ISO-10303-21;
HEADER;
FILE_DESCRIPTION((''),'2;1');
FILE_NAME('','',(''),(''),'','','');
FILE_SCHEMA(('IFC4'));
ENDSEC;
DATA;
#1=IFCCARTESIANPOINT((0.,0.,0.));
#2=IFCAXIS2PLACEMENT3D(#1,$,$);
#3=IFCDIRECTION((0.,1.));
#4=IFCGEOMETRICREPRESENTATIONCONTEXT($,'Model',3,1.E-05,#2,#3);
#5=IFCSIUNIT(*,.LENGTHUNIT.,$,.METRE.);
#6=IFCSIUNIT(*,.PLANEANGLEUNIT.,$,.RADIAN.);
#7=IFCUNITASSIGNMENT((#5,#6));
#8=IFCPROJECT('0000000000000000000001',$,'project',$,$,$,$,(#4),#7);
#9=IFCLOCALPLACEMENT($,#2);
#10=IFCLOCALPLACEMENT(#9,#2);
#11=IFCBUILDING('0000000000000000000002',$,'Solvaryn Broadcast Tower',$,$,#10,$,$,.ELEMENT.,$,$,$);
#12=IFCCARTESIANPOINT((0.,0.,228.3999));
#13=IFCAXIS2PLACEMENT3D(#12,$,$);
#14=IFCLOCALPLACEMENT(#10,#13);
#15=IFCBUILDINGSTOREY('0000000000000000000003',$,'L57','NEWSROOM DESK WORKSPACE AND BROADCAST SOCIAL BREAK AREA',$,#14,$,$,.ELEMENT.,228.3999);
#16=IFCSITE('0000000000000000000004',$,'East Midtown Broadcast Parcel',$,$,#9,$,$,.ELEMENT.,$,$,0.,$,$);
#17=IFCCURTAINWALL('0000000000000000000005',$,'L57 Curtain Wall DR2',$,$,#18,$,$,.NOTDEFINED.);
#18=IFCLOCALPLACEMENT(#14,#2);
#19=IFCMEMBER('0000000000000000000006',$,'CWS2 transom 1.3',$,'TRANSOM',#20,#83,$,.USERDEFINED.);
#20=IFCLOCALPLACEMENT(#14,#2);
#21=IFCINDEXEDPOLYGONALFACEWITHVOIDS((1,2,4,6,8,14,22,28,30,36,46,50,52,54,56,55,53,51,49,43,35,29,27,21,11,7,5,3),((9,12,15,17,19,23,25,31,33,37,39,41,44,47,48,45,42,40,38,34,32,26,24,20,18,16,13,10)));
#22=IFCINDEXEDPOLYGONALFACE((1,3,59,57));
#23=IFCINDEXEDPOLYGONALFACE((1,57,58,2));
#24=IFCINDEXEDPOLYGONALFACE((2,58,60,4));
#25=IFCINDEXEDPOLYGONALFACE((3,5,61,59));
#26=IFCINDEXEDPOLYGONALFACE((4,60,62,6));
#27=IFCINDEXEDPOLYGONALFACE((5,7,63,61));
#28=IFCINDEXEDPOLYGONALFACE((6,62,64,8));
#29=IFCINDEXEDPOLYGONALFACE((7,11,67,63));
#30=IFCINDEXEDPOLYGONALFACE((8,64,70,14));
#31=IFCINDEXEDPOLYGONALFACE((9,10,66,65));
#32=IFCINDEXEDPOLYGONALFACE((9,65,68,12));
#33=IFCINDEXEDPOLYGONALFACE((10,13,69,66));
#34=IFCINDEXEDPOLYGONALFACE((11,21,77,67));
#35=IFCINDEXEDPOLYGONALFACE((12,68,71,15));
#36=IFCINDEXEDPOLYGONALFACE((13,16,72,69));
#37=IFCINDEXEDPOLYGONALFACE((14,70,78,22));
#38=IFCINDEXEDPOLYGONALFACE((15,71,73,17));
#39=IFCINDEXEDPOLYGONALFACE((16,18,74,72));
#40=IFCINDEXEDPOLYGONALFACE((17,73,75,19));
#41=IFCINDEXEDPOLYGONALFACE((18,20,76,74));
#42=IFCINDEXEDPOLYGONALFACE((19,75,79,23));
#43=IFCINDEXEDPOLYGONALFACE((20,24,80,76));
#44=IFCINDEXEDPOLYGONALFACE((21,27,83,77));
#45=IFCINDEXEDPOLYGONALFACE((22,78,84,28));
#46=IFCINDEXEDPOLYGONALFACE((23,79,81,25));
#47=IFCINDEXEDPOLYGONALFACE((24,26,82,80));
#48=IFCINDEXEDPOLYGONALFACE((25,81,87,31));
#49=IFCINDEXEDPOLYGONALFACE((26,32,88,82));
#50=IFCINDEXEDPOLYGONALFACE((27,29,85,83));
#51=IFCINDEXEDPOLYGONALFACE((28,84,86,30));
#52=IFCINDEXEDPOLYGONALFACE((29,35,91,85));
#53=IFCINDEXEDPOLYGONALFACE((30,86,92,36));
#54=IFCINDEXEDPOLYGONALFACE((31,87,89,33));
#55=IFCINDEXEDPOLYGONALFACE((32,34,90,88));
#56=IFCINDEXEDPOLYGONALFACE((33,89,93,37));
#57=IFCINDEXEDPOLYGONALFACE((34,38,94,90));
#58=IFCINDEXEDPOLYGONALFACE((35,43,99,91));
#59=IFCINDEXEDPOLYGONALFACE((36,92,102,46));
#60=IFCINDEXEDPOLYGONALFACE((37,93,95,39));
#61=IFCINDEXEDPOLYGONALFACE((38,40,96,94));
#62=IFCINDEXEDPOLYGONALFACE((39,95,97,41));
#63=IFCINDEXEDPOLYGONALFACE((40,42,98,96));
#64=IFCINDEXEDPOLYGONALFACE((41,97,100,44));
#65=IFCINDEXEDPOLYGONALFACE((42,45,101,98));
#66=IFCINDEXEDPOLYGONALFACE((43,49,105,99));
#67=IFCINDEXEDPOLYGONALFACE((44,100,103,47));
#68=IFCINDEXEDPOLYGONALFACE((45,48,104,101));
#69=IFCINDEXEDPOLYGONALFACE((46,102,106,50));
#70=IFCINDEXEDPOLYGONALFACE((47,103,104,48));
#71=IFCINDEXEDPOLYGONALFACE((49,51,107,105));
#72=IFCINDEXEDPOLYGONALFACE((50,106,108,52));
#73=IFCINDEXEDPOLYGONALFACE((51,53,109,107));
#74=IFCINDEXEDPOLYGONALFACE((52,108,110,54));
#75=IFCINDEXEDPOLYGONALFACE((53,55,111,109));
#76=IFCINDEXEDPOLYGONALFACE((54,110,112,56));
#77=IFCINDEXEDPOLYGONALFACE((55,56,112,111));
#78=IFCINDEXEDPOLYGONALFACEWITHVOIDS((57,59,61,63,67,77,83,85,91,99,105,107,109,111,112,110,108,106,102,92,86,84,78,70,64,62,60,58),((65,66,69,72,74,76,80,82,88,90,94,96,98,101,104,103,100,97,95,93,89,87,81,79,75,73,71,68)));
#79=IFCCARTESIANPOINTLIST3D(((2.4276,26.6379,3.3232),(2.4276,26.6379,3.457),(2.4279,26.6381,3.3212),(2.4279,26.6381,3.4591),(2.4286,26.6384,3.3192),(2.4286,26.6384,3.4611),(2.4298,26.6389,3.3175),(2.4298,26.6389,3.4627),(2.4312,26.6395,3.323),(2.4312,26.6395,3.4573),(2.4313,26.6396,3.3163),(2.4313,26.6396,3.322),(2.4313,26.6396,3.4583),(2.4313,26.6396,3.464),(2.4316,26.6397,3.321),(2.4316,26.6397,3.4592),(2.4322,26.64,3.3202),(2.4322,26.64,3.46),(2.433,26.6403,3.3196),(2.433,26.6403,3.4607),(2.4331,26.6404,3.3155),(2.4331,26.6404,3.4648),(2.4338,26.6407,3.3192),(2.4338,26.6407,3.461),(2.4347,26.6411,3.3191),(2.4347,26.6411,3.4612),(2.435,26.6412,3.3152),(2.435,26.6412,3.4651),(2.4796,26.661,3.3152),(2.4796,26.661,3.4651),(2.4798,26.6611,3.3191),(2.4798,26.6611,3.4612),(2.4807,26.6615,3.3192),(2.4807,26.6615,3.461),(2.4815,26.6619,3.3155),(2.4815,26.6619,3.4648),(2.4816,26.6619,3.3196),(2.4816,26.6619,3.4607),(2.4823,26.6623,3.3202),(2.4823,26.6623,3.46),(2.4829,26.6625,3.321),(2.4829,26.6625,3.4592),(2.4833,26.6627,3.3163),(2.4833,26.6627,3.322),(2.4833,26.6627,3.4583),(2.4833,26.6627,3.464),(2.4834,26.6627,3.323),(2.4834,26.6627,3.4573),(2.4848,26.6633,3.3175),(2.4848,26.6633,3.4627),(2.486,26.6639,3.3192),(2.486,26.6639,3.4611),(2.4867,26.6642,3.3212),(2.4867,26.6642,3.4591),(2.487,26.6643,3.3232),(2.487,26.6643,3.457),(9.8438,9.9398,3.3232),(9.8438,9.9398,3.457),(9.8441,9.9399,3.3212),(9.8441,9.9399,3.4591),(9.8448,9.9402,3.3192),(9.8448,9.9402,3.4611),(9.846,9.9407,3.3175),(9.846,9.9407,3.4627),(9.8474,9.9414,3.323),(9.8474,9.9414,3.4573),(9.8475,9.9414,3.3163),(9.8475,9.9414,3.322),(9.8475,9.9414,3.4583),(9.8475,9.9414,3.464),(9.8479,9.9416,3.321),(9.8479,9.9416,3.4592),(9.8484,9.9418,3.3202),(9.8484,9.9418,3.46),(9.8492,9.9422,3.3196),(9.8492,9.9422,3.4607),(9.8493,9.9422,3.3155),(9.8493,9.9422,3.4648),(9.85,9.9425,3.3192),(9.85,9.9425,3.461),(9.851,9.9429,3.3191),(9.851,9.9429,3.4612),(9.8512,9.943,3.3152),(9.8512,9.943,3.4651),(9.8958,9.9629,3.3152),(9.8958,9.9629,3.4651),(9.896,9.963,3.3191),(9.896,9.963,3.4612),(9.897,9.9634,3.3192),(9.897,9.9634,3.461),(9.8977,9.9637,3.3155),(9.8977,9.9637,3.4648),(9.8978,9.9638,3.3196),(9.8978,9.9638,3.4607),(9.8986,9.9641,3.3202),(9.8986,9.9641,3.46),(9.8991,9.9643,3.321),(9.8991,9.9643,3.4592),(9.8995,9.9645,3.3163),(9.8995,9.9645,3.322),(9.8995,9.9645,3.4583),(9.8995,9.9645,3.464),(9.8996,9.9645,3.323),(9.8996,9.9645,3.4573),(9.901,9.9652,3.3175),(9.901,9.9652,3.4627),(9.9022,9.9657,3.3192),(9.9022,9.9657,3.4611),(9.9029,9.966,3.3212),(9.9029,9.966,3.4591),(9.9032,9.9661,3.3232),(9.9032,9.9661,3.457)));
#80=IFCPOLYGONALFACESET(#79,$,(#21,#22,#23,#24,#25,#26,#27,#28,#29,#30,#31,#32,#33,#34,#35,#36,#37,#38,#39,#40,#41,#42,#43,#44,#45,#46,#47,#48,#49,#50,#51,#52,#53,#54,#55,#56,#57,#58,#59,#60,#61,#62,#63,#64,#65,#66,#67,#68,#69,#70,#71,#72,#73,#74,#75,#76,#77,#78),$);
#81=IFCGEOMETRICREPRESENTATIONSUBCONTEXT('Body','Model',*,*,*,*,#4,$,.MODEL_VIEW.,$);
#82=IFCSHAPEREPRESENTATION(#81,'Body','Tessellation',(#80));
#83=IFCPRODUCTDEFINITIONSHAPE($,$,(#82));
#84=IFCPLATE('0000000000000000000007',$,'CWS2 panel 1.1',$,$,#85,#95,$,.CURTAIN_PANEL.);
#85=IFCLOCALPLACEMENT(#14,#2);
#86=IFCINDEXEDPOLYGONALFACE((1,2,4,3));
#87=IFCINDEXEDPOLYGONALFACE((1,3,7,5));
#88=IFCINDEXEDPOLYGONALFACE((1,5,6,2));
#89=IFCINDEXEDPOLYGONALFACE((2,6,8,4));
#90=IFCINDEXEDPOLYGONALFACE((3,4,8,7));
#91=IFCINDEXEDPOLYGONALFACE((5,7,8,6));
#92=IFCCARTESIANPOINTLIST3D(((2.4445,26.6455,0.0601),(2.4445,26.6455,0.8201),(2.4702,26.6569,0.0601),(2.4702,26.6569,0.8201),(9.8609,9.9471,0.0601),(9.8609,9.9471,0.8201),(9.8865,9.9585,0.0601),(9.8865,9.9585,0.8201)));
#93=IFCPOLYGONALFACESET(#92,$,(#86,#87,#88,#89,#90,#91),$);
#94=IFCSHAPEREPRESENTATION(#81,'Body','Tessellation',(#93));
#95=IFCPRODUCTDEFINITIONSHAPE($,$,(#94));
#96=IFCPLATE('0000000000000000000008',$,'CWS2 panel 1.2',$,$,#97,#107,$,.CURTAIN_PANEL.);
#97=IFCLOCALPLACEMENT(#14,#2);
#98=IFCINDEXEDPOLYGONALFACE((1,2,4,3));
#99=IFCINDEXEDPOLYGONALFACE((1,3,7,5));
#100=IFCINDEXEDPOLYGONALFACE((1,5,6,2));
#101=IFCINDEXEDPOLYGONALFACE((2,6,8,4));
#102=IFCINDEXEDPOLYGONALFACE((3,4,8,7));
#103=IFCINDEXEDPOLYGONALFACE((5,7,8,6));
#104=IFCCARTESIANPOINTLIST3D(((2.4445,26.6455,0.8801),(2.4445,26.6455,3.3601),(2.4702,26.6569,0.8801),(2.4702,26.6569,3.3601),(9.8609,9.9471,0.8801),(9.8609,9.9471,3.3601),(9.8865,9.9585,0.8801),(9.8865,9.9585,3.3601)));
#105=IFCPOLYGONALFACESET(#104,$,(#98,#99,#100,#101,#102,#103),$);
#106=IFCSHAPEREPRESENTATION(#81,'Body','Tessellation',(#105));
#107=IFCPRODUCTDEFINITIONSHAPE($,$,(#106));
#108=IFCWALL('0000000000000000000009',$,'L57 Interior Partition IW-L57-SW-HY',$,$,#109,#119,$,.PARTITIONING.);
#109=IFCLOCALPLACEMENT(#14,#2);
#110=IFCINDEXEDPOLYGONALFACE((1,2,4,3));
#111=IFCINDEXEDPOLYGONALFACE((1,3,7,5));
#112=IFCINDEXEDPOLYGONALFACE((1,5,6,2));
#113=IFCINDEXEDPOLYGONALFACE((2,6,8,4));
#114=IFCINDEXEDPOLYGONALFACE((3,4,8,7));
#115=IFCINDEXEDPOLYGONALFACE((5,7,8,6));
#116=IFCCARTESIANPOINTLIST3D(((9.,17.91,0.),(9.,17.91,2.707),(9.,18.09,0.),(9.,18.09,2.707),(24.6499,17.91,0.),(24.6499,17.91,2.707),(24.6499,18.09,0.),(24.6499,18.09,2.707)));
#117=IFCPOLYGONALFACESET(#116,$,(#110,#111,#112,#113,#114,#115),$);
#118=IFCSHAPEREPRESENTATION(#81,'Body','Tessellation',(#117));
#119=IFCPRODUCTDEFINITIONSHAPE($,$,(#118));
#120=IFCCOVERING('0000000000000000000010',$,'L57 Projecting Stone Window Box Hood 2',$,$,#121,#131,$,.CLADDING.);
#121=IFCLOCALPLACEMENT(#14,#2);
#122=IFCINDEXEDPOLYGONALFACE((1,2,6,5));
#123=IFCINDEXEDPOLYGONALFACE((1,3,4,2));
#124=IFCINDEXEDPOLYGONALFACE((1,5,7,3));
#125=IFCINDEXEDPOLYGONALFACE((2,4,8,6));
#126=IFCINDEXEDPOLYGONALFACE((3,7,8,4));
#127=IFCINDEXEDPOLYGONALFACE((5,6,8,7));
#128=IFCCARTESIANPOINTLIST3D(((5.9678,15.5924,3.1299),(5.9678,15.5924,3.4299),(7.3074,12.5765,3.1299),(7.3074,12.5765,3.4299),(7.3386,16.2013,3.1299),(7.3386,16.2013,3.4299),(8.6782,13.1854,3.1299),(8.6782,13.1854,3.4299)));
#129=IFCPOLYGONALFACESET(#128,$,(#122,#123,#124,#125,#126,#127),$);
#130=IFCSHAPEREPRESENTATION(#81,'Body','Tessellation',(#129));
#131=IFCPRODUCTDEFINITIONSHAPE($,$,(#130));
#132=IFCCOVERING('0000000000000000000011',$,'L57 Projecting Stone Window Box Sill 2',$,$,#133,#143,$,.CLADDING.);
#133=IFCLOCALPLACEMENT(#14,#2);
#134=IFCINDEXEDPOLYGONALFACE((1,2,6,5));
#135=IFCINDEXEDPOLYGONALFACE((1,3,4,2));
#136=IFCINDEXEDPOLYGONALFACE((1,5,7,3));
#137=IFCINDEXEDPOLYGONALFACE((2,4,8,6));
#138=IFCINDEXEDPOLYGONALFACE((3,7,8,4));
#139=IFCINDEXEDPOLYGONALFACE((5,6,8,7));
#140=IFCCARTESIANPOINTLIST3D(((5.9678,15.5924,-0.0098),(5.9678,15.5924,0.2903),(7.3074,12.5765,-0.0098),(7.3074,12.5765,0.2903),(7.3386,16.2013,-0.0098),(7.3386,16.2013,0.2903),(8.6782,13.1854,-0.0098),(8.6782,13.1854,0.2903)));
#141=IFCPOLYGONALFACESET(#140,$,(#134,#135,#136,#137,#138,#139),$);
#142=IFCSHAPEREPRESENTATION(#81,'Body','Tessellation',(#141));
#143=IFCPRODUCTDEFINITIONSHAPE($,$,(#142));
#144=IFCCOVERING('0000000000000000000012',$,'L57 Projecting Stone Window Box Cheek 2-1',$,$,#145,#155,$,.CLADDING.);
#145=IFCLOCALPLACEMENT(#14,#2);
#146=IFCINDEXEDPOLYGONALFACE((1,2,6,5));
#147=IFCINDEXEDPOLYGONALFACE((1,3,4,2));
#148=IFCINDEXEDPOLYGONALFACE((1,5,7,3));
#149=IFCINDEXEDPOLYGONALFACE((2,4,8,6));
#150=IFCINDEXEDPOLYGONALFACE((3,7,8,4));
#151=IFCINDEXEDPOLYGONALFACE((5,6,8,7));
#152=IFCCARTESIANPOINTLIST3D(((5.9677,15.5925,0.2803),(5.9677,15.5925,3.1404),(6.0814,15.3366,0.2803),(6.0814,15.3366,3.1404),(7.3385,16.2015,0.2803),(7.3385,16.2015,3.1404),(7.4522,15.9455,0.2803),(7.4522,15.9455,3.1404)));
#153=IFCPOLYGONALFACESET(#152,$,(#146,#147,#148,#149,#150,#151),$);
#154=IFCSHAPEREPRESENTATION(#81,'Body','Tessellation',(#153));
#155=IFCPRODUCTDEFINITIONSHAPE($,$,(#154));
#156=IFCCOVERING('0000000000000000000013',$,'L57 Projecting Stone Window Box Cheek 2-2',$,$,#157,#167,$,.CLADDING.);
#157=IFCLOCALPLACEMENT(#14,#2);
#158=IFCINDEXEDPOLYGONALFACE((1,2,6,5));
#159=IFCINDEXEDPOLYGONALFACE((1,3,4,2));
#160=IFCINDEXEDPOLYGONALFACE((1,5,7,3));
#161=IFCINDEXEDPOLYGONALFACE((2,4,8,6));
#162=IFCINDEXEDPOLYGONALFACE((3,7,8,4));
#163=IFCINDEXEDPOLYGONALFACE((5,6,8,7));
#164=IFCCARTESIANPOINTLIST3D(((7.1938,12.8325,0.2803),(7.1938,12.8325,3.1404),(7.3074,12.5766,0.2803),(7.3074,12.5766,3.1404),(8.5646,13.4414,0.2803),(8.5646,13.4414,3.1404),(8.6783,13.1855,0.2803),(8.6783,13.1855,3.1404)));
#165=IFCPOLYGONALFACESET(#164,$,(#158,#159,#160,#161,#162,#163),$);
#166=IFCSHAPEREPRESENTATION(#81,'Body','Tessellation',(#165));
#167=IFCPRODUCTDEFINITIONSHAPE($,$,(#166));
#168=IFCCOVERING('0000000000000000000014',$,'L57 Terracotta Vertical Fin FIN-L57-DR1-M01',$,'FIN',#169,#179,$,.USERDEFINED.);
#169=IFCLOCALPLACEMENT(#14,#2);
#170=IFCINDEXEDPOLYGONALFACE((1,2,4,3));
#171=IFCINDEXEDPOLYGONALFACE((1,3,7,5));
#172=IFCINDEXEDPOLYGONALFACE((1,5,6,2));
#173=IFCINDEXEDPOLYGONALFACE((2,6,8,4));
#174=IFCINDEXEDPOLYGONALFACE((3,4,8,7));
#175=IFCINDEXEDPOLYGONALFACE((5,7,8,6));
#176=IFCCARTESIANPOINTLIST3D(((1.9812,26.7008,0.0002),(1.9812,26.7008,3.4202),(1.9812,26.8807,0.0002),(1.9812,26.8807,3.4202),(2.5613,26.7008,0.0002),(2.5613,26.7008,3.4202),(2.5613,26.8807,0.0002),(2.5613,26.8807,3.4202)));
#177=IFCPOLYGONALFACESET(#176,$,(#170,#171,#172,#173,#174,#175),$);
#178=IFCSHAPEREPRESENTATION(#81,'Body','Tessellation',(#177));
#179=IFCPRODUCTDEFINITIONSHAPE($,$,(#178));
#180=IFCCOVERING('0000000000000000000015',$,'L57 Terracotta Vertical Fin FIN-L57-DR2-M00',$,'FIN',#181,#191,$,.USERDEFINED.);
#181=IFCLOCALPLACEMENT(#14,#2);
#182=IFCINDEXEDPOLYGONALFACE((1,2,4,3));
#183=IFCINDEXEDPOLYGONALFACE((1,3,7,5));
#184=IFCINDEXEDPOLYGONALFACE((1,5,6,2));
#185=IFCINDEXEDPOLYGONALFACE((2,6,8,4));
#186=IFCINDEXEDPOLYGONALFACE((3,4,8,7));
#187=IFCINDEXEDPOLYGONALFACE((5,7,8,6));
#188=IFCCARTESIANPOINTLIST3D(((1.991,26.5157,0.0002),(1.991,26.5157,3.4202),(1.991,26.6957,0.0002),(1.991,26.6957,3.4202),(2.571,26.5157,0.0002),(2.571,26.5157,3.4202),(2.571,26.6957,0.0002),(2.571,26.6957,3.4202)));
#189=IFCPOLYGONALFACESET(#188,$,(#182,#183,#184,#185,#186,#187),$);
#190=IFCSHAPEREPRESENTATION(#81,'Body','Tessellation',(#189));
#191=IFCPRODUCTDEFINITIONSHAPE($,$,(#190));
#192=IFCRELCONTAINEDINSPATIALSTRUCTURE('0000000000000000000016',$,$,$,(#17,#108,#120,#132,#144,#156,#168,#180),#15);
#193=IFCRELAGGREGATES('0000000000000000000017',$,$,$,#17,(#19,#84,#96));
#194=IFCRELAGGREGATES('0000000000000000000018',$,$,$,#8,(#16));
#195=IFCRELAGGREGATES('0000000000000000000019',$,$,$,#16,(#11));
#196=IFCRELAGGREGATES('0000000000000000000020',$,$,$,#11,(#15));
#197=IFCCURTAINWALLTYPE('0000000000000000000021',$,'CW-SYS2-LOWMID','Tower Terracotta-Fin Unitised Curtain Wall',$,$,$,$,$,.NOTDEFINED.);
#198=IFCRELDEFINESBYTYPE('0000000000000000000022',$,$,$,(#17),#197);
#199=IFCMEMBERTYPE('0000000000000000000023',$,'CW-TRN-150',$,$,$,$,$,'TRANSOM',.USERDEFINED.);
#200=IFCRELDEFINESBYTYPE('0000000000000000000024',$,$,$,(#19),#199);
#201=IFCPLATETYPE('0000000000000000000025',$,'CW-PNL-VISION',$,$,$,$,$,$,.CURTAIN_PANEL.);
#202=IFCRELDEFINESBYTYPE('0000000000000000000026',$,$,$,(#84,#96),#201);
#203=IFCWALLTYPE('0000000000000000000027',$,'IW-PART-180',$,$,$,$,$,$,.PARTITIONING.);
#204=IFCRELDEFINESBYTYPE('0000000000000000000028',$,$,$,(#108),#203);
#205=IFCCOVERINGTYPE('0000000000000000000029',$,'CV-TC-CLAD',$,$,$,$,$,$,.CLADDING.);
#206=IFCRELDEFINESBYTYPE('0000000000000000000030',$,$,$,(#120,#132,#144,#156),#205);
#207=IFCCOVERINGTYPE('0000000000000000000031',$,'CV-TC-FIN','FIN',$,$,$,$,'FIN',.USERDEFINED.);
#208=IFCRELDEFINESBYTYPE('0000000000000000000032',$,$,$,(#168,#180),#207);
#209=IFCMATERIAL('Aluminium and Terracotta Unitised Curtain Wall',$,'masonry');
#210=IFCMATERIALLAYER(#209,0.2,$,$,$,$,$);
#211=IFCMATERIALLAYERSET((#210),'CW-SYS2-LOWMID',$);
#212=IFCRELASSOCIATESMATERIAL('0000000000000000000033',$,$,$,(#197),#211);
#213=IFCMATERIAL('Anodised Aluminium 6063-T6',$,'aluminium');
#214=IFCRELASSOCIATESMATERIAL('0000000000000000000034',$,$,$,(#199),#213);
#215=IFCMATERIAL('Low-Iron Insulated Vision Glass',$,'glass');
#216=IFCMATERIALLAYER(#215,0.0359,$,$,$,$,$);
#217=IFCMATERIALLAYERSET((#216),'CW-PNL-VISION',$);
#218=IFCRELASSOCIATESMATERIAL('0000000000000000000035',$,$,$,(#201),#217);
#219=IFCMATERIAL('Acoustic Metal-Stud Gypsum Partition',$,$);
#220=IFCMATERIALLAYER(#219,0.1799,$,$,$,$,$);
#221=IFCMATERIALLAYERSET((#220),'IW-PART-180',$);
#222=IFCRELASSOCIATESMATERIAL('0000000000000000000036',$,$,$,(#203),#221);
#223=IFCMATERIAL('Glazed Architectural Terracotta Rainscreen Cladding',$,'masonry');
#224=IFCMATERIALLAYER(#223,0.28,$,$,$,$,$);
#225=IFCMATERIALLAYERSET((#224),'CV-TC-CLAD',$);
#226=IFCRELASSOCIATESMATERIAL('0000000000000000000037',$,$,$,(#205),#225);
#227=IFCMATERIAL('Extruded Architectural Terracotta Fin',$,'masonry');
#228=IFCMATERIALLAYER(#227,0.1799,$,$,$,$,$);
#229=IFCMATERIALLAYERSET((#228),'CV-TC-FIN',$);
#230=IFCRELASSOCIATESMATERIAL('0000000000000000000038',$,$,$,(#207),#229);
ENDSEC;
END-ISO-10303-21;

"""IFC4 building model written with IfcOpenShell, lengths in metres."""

from ifc_helpers import new_model, si_unit, direction, frame, frame_2d, origin, origin_2d, place, context, subcontext, project, spatial, rectangle, hollow_rectangle, extrude, material, layer, layer_set, material_profile, profile_set, type_object, element, aggregate, save


model = new_model("IFC4")

# Units and contexts
model_context = context("Model", 3, precision=1e-05, world=origin(), true_north=direction((0.0, 1.0)))
body_context = subcontext(model_context, "Body", "Model", "MODEL_VIEW")
ifc_project = project(units=[si_unit("LENGTHUNIT", "METRE"), si_unit("PLANEANGLEUNIT", "RADIAN")], contexts=[model_context])

# Site, building, storey
site_placement = place(None, origin())
site = spatial("IfcSite", under=ifc_project, at=site_placement, Name="East Midtown Broadcast Parcel", CompositionType="ELEMENT", RefElevation=0.0)
building_placement = place(site_placement, origin())
building = spatial("IfcBuilding", under=site, at=building_placement, Name="Solvaryn Broadcast Tower", CompositionType="ELEMENT")
storey_placement = place(building_placement, frame((0.0, 0.0, 228.3999)))
storey = spatial("IfcBuildingStorey", under=building, at=storey_placement, Name="L57", Description="NEWSROOM DESK WORKSPACE AND BROADCAST SOCIAL BREAK AREA", CompositionType="ELEMENT", Elevation=228.3999)

# Shared definitions
ifc_material_1 = material(Name="Aluminium and Terracotta Unitised Curtain Wall", Category="masonry")
ifc_layer_1 = layer(ifc_material_1, 0.2)
ifc_layer_set_1 = layer_set([ifc_layer_1], Name="CW-SYS2-LOWMID")
curtain_wall_type = type_object("IfcCurtainWallType", Name="CW-SYS2-LOWMID", Description="Tower Terracotta-Fin Unitised Curtain Wall", PredefinedType="NOTDEFINED", material=ifc_layer_set_1)

# Curtain wall, member, plates
curtain_wall_1_placement = place(storey_placement, origin())
curtain_wall_1 = element("IfcCurtainWall", 1, at=curtain_wall_1_placement, inside=storey, type_object=curtain_wall_type, Name="L57 Curtain Wall DR2", PredefinedType="NOTDEFINED")
ifc_material_2 = material(Name="Anodised Aluminium 6063-T6", Category="aluminium")
ifc_material_profile_1 = material_profile(ifc_material_2, hollow_rectangle(XDim=0.0649, YDim=0.1499, WallThickness=0.0039, InnerFilletRadius=0.0039, OuterFilletRadius=0.0081, at=origin_2d()))
ifc_profile_set_1 = profile_set([ifc_material_profile_1], Name="Anodised Aluminium 6063-T6")
member_type_1 = type_object("IfcMemberType", Name="CW-TRN-150", ElementType="TRANSOM", PredefinedType="USERDEFINED", material=ifc_profile_set_1)
member_1_placement = place(storey_placement, frame((2.4573, 26.6511, 3.3901), z_axis=(0.405902, -0.913917, 0.0), x_axis=(0.913917, 0.405902, 0.0)))
member_1 = element("IfcMember", 2, at=member_1_placement, type_object=member_type_1, Name="CWS2 transom 1.3", ObjectType="TRANSOM", PredefinedType="USERDEFINED", context=body_context, shape_type="SweptSolid", body=[
    extrude(hollow_rectangle(XDim=0.0649, YDim=0.1499, WallThickness=0.0039, InnerFilletRadius=0.0039, OuterFilletRadius=0.0081, at=origin_2d()), origin(), (0.0, 0.0, 1.0), 18.271),
])
ifc_material_3 = material(Name="Low-Iron Insulated Vision Glass", Category="glass")
ifc_layer_2 = layer(ifc_material_3, 0.0359)
ifc_layer_set_2 = layer_set([ifc_layer_2], Name="CW-PNL-VISION")
plate_type = type_object("IfcPlateType", Name="CW-PNL-VISION", PredefinedType="CURTAIN_PANEL", material=ifc_layer_set_2)
plate_1_placement = place(storey_placement, frame((6.1655, 18.302, 0.0601), z_axis=(0.0, 0.0, 1.0), x_axis=(0.405901, -0.913917, 0.0)))
plate_1 = element("IfcPlate", 3, at=plate_1_placement, type_object=plate_type, Name="CWS2 panel 1.1", PredefinedType="CURTAIN_PANEL", context=body_context, shape_type="SweptSolid", body=[
    extrude(rectangle(XDim=18.2712, YDim=0.0281, at=origin_2d()), origin(), (0.0, 0.0, 1.0), 0.76),
])
plate_2_placement = place(storey_placement, frame((6.1655, 18.302, 0.8801), z_axis=(0.0, 0.0, 1.0), x_axis=(0.405901, -0.913917, 0.0)))
plate_2 = element("IfcPlate", 4, at=plate_2_placement, type_object=plate_type, Name="CWS2 panel 1.2", PredefinedType="CURTAIN_PANEL", context=body_context, shape_type="SweptSolid", body=[
    extrude(rectangle(XDim=18.2712, YDim=0.0281, at=origin_2d()), origin(), (0.0, 0.0, 1.0), 2.48),
])
aggregate(curtain_wall_1, [member_1, plate_1, plate_2])

# Wall
ifc_material_4 = material(Name="Acoustic Metal-Stud Gypsum Partition")
ifc_layer_3 = layer(ifc_material_4, 0.1799)
ifc_layer_set_3 = layer_set([ifc_layer_3], Name="IW-PART-180")
wall_type = type_object("IfcWallType", Name="IW-PART-180", PredefinedType="PARTITIONING", material=ifc_layer_set_3)
wall_placement = place(storey_placement, frame((9.0, 18.0, 0.0), z_axis=(0.0, 0.0, 1.0), x_axis=(1.0, 0.0, 0.0)))
element("IfcWall", 5, at=wall_placement, inside=storey, type_object=wall_type, Name="L57 Interior Partition IW-L57-SW-HY", PredefinedType="PARTITIONING", context=body_context, shape_type="SweptSolid", body=[
    extrude(rectangle(XDim=15.6499, YDim=0.1799, at=frame_2d((7.825, 0.0))), origin(), (0.0, 0.0, 1.0), 2.707),
])

# Coverings
ifc_material_5 = material(Name="Glazed Architectural Terracotta Rainscreen Cladding", Category="masonry")
ifc_layer_4 = layer(ifc_material_5, 0.28)
ifc_layer_set_4 = layer_set([ifc_layer_4], Name="CV-TC-CLAD")
covering_type_1 = type_object("IfcCoveringType", Name="CV-TC-CLAD", PredefinedType="CLADDING", material=ifc_layer_set_4)
for number, where, z_axis, x_axis, name in (
    (6, (7.323, 14.3889, 3.1299), (0.0, 0.0, 1.0), (0.405939, -0.9139, 0.0), "L57 Projecting Stone Window Box Hood 2"),
    (7, (7.323, 14.3889, -0.0098), (0.0, 0.0, 1.0), (0.405939, -0.9139, 0.0), "L57 Projecting Stone Window Box Sill 2"),
):
    element("IfcCovering", number, at=place(storey_placement, frame(where, z_axis=z_axis, x_axis=x_axis)), inside=storey, type_object=covering_type_1, Name=name, PredefinedType="CLADDING", context=body_context, shape_type="SweptSolid", body=[
        extrude(rectangle(XDim=3.3, YDim=1.5, at=origin_2d()), origin(), (0.0, 0.0, 1.0), 0.3),
    ])
for number, where, z_axis, x_axis, name in (
    (8, (6.71, 15.769, 0.2803), (0.0, 0.0, 1.0), (0.405939, -0.9139, 0.0), "L57 Projecting Stone Window Box Cheek 2-1"),
    (9, (7.936, 13.009, 0.2803), (0.0, 0.0, 1.0), (0.405939, -0.9139, 0.0), "L57 Projecting Stone Window Box Cheek 2-2"),
):
    element("IfcCovering", number, at=place(storey_placement, frame(where, z_axis=z_axis, x_axis=x_axis)), inside=storey, type_object=covering_type_1, Name=name, PredefinedType="CLADDING", context=body_context, shape_type="SweptSolid", body=[
        extrude(rectangle(XDim=0.28, YDim=1.5, at=origin_2d()), origin(), (0.0, 0.0, 1.0), 2.8601),
    ])
ifc_material_6 = material(Name="Extruded Architectural Terracotta Fin", Category="masonry")
ifc_layer_5 = layer(ifc_material_6, 0.1799)
ifc_layer_set_5 = layer_set([ifc_layer_5], Name="CV-TC-FIN")
covering_type_2 = type_object("IfcCoveringType", Name="CV-TC-FIN", Description="FIN", ElementType="FIN", PredefinedType="USERDEFINED", material=ifc_layer_set_5)
for number, where, z_axis, x_axis, name in (
    (10, (2.2712, 26.7908, 0.0002), (0.0, 0.0, 1.0), (1.0, 0.0, 0.0), "L57 Terracotta Vertical Fin FIN-L57-DR1-M01"),
    (11, (2.281, 26.6057, 0.0002), (0.0, 0.0, 1.0), (1.0, 0.0, 0.0), "L57 Terracotta Vertical Fin FIN-L57-DR2-M00"),
):
    element("IfcCovering", number, at=place(storey_placement, frame(where, z_axis=z_axis, x_axis=x_axis)), inside=storey, type_object=covering_type_2, Name=name, ObjectType="FIN", PredefinedType="USERDEFINED", context=body_context, shape_type="SweptSolid", body=[
        extrude(rectangle(XDim=0.5801, YDim=0.1799, at=origin_2d()), origin(), (0.0, 0.0, 1.0), 3.4199),
    ])

save(model, "model.ifc")
